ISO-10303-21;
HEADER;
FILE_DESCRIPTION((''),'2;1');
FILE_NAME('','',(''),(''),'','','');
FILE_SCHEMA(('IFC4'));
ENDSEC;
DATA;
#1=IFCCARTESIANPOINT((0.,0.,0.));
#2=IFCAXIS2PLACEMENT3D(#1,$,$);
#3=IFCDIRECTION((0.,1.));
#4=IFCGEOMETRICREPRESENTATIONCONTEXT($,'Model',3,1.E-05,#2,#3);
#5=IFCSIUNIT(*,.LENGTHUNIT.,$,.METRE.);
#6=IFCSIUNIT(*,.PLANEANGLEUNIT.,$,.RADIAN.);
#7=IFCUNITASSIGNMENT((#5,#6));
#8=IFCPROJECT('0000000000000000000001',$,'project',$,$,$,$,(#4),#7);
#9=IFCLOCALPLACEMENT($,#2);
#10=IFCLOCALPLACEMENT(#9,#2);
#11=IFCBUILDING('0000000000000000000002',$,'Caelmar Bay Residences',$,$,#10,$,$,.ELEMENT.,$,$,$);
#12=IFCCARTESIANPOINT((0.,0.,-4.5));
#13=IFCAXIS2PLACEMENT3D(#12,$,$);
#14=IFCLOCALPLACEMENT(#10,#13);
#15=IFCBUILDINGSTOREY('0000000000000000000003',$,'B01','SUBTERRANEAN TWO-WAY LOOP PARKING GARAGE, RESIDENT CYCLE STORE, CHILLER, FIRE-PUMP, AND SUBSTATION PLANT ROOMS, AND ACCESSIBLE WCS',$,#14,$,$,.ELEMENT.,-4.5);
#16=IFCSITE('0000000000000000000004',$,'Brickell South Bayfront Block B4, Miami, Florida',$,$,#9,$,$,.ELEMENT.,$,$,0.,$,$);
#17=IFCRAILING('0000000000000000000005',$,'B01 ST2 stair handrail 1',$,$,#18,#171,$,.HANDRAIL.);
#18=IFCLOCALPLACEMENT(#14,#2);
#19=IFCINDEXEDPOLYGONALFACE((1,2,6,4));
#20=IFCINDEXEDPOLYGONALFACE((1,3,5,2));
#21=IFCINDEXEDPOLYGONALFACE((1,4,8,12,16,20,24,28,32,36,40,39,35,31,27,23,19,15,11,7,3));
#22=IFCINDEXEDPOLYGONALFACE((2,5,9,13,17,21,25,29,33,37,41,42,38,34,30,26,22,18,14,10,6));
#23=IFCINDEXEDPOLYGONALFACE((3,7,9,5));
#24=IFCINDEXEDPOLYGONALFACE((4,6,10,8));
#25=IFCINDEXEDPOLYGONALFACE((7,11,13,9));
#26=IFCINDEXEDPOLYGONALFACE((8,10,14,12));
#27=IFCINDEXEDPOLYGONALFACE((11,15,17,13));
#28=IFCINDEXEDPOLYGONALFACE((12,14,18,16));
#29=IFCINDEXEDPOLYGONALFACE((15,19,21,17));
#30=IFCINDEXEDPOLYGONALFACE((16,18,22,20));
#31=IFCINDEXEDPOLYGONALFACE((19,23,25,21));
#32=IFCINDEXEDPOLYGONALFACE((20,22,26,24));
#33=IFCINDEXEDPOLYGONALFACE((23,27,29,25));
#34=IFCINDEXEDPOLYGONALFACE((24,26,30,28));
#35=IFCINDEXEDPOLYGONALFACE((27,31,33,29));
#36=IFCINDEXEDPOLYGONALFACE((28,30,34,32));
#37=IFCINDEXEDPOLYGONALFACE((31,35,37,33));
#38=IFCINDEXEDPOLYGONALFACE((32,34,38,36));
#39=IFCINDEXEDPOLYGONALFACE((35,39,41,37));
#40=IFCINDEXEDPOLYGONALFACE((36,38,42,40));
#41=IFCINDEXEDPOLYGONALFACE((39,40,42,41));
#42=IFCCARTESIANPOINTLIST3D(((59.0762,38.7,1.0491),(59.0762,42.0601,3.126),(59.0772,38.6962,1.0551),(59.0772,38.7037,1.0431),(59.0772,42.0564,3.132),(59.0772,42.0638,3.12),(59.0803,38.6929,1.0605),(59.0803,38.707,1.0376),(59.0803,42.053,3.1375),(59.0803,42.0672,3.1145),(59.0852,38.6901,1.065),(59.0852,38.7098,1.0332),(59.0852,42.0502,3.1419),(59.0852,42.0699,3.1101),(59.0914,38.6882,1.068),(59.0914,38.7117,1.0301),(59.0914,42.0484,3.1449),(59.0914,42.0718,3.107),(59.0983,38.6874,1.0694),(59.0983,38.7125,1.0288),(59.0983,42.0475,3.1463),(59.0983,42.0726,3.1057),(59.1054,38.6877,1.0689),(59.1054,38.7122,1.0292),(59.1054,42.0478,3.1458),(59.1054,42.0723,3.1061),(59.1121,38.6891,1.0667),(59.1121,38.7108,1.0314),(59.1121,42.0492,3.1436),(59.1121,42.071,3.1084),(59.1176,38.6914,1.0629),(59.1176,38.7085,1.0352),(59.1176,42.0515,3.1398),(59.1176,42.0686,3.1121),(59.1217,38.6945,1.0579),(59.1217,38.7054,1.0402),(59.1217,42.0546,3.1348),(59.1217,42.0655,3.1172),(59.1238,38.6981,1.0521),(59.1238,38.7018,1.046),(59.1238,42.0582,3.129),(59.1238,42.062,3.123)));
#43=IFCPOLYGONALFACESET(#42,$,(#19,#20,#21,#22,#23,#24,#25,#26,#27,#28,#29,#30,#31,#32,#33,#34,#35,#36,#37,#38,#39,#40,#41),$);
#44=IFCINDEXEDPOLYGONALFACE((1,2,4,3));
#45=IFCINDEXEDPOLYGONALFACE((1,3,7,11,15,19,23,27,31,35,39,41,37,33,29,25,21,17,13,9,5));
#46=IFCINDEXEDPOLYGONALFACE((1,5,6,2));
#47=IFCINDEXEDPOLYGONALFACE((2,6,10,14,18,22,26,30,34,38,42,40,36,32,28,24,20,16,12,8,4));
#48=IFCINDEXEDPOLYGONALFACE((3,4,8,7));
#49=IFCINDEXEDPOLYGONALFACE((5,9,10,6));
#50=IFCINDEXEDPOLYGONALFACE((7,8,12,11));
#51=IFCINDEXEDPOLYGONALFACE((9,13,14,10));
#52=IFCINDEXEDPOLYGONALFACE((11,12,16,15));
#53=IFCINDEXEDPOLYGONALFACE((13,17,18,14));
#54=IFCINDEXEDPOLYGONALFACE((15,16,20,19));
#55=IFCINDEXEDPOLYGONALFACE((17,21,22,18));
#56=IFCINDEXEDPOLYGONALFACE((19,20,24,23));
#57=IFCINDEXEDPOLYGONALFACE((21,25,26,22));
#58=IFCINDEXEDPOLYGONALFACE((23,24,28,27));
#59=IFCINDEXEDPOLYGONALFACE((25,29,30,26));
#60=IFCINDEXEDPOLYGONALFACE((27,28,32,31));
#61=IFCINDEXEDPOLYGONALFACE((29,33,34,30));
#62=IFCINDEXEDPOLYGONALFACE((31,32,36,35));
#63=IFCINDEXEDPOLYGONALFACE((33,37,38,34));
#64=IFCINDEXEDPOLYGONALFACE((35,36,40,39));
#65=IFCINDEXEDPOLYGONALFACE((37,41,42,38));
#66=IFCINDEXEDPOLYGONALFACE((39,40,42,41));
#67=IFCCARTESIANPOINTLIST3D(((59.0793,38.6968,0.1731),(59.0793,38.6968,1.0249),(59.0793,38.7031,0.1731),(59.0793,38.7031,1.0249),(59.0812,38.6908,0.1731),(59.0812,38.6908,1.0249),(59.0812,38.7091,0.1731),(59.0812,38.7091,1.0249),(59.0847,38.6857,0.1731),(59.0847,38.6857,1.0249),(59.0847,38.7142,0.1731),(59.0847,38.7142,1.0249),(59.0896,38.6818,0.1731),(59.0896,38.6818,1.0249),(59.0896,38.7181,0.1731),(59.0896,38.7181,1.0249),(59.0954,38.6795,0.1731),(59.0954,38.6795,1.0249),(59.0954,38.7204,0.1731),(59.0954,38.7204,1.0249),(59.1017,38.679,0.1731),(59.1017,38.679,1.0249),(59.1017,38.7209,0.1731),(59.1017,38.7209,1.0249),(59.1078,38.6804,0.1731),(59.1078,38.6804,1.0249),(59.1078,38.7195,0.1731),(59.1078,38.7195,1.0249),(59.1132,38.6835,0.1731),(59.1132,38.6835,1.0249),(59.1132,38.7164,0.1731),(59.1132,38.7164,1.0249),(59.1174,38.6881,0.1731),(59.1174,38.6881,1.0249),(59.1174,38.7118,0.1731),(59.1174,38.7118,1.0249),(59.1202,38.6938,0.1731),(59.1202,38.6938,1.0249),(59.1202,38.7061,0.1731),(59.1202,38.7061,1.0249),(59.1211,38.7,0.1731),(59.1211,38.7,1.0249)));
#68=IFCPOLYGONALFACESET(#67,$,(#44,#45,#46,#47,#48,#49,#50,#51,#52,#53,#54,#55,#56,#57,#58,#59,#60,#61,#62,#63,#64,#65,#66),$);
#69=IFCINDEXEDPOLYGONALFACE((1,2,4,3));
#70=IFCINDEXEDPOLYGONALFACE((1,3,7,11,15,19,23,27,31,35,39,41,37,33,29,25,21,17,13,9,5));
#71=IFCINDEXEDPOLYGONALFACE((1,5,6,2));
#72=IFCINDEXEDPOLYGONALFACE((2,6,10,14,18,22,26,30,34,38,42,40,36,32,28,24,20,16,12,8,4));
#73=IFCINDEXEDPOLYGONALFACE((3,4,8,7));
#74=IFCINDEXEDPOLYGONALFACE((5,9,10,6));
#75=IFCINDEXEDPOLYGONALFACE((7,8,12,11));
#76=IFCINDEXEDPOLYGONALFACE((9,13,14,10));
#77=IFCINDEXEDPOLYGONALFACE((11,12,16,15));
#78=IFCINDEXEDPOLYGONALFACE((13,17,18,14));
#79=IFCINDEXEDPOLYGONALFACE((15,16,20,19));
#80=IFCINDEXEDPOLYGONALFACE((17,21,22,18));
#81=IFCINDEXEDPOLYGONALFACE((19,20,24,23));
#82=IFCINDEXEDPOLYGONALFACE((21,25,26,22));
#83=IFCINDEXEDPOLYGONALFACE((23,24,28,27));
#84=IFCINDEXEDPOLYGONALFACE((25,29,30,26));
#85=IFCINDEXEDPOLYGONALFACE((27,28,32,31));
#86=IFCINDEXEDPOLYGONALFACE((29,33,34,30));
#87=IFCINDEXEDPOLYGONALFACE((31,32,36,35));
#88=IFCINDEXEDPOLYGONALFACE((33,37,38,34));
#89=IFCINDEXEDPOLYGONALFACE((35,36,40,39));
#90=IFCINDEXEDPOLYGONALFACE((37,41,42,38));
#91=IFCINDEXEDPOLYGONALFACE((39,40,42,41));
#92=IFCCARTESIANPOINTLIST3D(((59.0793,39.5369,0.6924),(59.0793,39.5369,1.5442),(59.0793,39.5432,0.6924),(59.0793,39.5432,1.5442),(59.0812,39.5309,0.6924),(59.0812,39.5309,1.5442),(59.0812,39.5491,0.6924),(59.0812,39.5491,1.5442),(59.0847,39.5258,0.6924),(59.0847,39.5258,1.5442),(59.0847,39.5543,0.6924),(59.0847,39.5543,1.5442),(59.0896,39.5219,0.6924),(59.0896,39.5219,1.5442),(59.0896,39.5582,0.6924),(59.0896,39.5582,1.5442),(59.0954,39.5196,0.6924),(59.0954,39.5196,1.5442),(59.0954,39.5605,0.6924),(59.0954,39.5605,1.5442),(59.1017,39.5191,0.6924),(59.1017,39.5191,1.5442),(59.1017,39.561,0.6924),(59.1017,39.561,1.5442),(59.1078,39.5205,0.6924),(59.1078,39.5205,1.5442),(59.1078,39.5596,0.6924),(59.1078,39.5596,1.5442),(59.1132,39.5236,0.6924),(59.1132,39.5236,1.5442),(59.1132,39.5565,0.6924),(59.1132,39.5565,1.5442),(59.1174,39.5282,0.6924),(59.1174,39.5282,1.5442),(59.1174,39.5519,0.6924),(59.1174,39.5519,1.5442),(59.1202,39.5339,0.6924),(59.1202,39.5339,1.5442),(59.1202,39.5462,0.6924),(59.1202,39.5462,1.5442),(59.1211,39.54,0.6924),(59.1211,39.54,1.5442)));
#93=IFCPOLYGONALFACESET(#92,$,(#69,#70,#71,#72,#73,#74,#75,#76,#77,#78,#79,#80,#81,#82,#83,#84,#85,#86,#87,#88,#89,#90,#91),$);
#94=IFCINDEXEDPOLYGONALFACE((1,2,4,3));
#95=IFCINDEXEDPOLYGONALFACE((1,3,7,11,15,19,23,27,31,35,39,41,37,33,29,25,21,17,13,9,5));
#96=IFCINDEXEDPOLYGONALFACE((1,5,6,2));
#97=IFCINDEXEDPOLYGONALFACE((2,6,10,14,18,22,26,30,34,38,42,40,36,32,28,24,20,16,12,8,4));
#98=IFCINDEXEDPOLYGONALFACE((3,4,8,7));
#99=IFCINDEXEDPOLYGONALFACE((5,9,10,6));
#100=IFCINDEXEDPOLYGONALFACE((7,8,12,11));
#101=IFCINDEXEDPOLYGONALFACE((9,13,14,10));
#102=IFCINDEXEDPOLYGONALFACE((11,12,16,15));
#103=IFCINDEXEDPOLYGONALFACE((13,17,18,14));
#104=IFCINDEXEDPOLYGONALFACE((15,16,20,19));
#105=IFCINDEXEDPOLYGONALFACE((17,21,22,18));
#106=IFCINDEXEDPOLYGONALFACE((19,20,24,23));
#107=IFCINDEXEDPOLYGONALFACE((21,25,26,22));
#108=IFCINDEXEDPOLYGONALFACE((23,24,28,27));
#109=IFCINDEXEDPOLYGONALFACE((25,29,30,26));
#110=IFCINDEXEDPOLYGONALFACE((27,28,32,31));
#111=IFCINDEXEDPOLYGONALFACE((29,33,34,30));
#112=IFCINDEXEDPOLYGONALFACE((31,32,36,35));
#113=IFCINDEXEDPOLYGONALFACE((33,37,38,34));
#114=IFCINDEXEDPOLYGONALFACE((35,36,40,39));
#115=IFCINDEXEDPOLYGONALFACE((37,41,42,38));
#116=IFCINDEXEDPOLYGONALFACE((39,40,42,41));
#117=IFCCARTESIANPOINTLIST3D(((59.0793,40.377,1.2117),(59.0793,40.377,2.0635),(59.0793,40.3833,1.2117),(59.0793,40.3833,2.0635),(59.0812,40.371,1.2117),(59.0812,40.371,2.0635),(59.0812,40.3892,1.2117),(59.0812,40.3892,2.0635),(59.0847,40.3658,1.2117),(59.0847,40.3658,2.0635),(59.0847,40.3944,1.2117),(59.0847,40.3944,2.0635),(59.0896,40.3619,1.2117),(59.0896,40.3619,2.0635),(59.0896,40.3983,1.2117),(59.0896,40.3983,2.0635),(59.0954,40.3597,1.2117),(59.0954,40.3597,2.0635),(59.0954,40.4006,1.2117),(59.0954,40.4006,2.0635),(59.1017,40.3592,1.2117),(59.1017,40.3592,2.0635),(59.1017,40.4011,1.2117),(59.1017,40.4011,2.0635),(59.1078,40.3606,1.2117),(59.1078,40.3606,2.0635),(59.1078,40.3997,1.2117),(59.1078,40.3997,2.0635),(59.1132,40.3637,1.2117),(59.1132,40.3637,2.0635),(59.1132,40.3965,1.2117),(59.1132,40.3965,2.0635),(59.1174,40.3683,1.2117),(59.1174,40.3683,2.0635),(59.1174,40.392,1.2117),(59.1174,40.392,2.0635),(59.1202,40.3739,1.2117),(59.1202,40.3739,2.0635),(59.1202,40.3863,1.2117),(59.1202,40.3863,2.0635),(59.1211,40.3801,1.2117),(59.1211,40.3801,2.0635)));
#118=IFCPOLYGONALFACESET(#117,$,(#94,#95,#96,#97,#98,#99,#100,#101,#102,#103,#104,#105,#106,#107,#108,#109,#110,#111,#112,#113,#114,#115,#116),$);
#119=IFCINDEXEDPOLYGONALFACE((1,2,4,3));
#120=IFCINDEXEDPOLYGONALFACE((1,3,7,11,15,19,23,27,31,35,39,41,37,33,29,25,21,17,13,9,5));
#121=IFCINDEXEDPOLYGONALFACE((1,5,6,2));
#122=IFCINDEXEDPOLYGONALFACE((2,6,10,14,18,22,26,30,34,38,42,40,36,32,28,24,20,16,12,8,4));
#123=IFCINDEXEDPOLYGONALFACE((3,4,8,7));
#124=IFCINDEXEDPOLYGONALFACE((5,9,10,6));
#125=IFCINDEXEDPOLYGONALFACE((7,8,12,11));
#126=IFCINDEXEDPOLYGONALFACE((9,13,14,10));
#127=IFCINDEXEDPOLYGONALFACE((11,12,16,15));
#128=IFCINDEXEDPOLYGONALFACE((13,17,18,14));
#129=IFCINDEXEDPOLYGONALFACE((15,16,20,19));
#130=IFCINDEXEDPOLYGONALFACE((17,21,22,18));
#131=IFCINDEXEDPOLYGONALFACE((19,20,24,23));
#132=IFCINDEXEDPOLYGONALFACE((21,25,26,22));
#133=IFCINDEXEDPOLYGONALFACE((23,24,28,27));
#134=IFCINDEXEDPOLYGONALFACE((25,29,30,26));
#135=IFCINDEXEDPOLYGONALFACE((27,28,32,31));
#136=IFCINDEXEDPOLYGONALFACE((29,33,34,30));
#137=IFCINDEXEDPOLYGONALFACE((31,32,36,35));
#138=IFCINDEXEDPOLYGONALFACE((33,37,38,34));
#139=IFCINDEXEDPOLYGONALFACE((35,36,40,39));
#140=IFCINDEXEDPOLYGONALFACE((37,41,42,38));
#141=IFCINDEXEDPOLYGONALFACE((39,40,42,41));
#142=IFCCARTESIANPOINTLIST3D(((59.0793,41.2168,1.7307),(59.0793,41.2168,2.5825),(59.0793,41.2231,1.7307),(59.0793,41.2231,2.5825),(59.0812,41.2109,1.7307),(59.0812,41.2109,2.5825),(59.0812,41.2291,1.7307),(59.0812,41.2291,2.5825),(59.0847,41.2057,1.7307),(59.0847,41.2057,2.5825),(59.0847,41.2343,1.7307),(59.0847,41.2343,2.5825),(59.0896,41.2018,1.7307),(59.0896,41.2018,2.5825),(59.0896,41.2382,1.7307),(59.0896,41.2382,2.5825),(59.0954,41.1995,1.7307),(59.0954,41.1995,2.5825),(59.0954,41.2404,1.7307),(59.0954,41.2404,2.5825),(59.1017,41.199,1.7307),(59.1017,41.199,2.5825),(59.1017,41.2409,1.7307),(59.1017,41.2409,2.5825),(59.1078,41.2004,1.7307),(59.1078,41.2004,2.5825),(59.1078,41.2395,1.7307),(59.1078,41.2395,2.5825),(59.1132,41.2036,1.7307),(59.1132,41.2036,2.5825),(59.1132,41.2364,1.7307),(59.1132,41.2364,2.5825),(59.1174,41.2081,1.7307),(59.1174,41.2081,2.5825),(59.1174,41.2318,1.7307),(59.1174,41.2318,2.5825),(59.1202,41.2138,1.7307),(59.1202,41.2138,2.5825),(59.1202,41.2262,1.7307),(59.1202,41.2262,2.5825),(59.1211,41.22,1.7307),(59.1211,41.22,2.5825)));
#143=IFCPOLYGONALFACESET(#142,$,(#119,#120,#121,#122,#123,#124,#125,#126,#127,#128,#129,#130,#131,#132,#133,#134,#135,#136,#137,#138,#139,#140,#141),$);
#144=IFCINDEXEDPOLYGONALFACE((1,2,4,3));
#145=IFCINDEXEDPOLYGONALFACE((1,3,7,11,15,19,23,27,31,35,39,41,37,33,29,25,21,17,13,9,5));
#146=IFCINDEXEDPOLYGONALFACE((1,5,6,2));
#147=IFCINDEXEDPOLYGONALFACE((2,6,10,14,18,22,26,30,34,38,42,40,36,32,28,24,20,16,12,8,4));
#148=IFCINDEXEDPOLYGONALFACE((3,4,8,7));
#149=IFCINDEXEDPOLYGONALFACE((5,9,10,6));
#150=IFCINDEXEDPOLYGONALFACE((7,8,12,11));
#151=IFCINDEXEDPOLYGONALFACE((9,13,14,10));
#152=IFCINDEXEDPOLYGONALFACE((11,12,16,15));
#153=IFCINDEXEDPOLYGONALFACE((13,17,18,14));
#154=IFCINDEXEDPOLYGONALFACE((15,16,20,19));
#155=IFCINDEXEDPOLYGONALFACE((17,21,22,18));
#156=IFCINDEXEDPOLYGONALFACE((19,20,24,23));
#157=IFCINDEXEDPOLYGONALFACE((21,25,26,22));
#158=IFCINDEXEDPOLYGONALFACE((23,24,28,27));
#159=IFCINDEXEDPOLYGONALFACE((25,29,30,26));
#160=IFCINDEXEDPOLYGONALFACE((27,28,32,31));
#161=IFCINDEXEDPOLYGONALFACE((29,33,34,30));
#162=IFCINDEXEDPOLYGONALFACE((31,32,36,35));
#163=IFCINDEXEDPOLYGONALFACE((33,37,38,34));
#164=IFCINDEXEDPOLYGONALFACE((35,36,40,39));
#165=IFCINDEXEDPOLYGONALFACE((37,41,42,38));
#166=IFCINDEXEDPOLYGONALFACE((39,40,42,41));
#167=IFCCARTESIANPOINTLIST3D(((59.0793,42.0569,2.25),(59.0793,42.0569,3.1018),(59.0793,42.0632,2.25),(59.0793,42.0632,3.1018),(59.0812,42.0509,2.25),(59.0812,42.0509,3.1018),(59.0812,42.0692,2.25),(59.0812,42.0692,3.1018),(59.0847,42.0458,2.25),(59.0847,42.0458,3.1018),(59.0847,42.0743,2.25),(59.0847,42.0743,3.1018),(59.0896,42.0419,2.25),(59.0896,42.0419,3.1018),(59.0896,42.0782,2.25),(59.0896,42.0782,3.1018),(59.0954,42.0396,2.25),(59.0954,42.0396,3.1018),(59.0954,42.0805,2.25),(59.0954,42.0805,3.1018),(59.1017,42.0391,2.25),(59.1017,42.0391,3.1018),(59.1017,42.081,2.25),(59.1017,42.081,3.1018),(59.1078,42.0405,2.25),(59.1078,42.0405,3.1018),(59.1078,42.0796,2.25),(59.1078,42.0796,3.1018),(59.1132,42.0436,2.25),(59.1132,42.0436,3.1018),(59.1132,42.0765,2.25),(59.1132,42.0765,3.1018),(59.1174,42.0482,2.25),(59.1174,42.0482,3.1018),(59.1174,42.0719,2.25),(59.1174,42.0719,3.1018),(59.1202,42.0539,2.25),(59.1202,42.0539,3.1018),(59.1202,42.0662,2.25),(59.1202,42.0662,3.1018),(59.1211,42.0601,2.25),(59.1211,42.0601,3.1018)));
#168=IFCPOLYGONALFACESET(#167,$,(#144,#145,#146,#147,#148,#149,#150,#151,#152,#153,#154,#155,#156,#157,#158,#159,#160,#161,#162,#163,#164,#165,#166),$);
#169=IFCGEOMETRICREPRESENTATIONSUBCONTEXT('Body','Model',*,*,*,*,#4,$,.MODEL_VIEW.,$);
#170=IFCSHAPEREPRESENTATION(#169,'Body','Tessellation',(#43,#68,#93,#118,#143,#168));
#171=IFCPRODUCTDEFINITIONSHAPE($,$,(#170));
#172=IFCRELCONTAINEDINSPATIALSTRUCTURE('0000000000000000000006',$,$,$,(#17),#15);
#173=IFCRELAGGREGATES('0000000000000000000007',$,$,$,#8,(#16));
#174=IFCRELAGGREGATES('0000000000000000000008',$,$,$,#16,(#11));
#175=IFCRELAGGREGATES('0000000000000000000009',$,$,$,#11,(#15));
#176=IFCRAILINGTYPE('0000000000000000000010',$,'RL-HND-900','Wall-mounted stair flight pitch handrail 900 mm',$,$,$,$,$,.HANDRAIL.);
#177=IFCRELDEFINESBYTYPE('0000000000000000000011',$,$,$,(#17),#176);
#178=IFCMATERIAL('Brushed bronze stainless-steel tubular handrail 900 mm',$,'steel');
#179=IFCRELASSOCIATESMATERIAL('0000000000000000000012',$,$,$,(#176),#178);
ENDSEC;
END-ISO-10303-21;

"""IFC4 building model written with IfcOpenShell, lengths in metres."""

from ifc_helpers import new_model, si_unit, direction, frame, origin, origin_2d, place, context, subcontext, project, spatial, circle, extrude, material, type_object, element, save


model = new_model("IFC4")

# Units and contexts
model_context = context("Model", 3, precision=1e-05, world=origin(), true_north=direction((0.0, 1.0)))
body_context = subcontext(model_context, "Body", "Model", "MODEL_VIEW")
ifc_project = project(units=[si_unit("LENGTHUNIT", "METRE"), si_unit("PLANEANGLEUNIT", "RADIAN")], contexts=[model_context])

# Site, building, storey
site_placement = place(None, origin())
site = spatial("IfcSite", under=ifc_project, at=site_placement, Name="Brickell South Bayfront Block B4, Miami, Florida", CompositionType="ELEMENT", RefElevation=0.0)
building_placement = place(site_placement, origin())
building = spatial("IfcBuilding", under=site, at=building_placement, Name="Caelmar Bay Residences", CompositionType="ELEMENT")
storey_placement = place(building_placement, frame((0.0, 0.0, -4.5)))
storey = spatial("IfcBuildingStorey", under=building, at=storey_placement, Name="B01", Description="SUBTERRANEAN TWO-WAY LOOP PARKING GARAGE, RESIDENT CYCLE STORE, CHILLER, FIRE-PUMP, AND SUBSTATION PLANT ROOMS, AND ACCESSIBLE WCS", CompositionType="ELEMENT", Elevation=-4.5)

# Railing
ifc_material_1 = material(Name="Brushed bronze stainless-steel tubular handrail 900 mm", Category="steel")
railing_type_1 = type_object("IfcRailingType", Name="RL-HND-900", Description="Wall-mounted stair flight pitch handrail 900 mm", PredefinedType="HANDRAIL", material=ifc_material_1)
railing_1_placement = place(storey_placement, frame((59.1001, 38.7, 0.1731)))
element("IfcRailing", 1, at=railing_1_placement, inside=storey, type_object=railing_type_1, Name="B01 ST2 stair handrail 1", PredefinedType="HANDRAIL", context=body_context, shape_type="SweptSolid", body=[
    extrude(circle(Radius=0.0239, at=origin_2d()), frame((0.0, 0.0, 0.876), z_axis=(0.0, 0.850623, 0.525776), x_axis=(-1.0, 0.0, 0.0)), (0.0, 0.0, 1.0), 3.9502),
    extrude(circle(Radius=0.021, at=origin_2d()), origin(), (0.0, 0.0, 1.0), 0.8518),
    extrude(circle(Radius=0.021, at=origin_2d()), frame((0.0, 0.8401, 0.5193)), (0.0, 0.0, 1.0), 0.8518),
    extrude(circle(Radius=0.021, at=origin_2d()), frame((0.0, 1.6802, 1.0386)), (0.0, 0.0, 1.0), 0.8518),
    extrude(circle(Radius=0.021, at=origin_2d()), frame((0.0, 2.52, 1.5576)), (0.0, 0.0, 1.0), 0.8518),
    extrude(circle(Radius=0.021, at=origin_2d()), frame((0.0, 3.3601, 2.0769)), (0.0, 0.0, 1.0), 0.8518),
])

save(model, "model.ifc")
